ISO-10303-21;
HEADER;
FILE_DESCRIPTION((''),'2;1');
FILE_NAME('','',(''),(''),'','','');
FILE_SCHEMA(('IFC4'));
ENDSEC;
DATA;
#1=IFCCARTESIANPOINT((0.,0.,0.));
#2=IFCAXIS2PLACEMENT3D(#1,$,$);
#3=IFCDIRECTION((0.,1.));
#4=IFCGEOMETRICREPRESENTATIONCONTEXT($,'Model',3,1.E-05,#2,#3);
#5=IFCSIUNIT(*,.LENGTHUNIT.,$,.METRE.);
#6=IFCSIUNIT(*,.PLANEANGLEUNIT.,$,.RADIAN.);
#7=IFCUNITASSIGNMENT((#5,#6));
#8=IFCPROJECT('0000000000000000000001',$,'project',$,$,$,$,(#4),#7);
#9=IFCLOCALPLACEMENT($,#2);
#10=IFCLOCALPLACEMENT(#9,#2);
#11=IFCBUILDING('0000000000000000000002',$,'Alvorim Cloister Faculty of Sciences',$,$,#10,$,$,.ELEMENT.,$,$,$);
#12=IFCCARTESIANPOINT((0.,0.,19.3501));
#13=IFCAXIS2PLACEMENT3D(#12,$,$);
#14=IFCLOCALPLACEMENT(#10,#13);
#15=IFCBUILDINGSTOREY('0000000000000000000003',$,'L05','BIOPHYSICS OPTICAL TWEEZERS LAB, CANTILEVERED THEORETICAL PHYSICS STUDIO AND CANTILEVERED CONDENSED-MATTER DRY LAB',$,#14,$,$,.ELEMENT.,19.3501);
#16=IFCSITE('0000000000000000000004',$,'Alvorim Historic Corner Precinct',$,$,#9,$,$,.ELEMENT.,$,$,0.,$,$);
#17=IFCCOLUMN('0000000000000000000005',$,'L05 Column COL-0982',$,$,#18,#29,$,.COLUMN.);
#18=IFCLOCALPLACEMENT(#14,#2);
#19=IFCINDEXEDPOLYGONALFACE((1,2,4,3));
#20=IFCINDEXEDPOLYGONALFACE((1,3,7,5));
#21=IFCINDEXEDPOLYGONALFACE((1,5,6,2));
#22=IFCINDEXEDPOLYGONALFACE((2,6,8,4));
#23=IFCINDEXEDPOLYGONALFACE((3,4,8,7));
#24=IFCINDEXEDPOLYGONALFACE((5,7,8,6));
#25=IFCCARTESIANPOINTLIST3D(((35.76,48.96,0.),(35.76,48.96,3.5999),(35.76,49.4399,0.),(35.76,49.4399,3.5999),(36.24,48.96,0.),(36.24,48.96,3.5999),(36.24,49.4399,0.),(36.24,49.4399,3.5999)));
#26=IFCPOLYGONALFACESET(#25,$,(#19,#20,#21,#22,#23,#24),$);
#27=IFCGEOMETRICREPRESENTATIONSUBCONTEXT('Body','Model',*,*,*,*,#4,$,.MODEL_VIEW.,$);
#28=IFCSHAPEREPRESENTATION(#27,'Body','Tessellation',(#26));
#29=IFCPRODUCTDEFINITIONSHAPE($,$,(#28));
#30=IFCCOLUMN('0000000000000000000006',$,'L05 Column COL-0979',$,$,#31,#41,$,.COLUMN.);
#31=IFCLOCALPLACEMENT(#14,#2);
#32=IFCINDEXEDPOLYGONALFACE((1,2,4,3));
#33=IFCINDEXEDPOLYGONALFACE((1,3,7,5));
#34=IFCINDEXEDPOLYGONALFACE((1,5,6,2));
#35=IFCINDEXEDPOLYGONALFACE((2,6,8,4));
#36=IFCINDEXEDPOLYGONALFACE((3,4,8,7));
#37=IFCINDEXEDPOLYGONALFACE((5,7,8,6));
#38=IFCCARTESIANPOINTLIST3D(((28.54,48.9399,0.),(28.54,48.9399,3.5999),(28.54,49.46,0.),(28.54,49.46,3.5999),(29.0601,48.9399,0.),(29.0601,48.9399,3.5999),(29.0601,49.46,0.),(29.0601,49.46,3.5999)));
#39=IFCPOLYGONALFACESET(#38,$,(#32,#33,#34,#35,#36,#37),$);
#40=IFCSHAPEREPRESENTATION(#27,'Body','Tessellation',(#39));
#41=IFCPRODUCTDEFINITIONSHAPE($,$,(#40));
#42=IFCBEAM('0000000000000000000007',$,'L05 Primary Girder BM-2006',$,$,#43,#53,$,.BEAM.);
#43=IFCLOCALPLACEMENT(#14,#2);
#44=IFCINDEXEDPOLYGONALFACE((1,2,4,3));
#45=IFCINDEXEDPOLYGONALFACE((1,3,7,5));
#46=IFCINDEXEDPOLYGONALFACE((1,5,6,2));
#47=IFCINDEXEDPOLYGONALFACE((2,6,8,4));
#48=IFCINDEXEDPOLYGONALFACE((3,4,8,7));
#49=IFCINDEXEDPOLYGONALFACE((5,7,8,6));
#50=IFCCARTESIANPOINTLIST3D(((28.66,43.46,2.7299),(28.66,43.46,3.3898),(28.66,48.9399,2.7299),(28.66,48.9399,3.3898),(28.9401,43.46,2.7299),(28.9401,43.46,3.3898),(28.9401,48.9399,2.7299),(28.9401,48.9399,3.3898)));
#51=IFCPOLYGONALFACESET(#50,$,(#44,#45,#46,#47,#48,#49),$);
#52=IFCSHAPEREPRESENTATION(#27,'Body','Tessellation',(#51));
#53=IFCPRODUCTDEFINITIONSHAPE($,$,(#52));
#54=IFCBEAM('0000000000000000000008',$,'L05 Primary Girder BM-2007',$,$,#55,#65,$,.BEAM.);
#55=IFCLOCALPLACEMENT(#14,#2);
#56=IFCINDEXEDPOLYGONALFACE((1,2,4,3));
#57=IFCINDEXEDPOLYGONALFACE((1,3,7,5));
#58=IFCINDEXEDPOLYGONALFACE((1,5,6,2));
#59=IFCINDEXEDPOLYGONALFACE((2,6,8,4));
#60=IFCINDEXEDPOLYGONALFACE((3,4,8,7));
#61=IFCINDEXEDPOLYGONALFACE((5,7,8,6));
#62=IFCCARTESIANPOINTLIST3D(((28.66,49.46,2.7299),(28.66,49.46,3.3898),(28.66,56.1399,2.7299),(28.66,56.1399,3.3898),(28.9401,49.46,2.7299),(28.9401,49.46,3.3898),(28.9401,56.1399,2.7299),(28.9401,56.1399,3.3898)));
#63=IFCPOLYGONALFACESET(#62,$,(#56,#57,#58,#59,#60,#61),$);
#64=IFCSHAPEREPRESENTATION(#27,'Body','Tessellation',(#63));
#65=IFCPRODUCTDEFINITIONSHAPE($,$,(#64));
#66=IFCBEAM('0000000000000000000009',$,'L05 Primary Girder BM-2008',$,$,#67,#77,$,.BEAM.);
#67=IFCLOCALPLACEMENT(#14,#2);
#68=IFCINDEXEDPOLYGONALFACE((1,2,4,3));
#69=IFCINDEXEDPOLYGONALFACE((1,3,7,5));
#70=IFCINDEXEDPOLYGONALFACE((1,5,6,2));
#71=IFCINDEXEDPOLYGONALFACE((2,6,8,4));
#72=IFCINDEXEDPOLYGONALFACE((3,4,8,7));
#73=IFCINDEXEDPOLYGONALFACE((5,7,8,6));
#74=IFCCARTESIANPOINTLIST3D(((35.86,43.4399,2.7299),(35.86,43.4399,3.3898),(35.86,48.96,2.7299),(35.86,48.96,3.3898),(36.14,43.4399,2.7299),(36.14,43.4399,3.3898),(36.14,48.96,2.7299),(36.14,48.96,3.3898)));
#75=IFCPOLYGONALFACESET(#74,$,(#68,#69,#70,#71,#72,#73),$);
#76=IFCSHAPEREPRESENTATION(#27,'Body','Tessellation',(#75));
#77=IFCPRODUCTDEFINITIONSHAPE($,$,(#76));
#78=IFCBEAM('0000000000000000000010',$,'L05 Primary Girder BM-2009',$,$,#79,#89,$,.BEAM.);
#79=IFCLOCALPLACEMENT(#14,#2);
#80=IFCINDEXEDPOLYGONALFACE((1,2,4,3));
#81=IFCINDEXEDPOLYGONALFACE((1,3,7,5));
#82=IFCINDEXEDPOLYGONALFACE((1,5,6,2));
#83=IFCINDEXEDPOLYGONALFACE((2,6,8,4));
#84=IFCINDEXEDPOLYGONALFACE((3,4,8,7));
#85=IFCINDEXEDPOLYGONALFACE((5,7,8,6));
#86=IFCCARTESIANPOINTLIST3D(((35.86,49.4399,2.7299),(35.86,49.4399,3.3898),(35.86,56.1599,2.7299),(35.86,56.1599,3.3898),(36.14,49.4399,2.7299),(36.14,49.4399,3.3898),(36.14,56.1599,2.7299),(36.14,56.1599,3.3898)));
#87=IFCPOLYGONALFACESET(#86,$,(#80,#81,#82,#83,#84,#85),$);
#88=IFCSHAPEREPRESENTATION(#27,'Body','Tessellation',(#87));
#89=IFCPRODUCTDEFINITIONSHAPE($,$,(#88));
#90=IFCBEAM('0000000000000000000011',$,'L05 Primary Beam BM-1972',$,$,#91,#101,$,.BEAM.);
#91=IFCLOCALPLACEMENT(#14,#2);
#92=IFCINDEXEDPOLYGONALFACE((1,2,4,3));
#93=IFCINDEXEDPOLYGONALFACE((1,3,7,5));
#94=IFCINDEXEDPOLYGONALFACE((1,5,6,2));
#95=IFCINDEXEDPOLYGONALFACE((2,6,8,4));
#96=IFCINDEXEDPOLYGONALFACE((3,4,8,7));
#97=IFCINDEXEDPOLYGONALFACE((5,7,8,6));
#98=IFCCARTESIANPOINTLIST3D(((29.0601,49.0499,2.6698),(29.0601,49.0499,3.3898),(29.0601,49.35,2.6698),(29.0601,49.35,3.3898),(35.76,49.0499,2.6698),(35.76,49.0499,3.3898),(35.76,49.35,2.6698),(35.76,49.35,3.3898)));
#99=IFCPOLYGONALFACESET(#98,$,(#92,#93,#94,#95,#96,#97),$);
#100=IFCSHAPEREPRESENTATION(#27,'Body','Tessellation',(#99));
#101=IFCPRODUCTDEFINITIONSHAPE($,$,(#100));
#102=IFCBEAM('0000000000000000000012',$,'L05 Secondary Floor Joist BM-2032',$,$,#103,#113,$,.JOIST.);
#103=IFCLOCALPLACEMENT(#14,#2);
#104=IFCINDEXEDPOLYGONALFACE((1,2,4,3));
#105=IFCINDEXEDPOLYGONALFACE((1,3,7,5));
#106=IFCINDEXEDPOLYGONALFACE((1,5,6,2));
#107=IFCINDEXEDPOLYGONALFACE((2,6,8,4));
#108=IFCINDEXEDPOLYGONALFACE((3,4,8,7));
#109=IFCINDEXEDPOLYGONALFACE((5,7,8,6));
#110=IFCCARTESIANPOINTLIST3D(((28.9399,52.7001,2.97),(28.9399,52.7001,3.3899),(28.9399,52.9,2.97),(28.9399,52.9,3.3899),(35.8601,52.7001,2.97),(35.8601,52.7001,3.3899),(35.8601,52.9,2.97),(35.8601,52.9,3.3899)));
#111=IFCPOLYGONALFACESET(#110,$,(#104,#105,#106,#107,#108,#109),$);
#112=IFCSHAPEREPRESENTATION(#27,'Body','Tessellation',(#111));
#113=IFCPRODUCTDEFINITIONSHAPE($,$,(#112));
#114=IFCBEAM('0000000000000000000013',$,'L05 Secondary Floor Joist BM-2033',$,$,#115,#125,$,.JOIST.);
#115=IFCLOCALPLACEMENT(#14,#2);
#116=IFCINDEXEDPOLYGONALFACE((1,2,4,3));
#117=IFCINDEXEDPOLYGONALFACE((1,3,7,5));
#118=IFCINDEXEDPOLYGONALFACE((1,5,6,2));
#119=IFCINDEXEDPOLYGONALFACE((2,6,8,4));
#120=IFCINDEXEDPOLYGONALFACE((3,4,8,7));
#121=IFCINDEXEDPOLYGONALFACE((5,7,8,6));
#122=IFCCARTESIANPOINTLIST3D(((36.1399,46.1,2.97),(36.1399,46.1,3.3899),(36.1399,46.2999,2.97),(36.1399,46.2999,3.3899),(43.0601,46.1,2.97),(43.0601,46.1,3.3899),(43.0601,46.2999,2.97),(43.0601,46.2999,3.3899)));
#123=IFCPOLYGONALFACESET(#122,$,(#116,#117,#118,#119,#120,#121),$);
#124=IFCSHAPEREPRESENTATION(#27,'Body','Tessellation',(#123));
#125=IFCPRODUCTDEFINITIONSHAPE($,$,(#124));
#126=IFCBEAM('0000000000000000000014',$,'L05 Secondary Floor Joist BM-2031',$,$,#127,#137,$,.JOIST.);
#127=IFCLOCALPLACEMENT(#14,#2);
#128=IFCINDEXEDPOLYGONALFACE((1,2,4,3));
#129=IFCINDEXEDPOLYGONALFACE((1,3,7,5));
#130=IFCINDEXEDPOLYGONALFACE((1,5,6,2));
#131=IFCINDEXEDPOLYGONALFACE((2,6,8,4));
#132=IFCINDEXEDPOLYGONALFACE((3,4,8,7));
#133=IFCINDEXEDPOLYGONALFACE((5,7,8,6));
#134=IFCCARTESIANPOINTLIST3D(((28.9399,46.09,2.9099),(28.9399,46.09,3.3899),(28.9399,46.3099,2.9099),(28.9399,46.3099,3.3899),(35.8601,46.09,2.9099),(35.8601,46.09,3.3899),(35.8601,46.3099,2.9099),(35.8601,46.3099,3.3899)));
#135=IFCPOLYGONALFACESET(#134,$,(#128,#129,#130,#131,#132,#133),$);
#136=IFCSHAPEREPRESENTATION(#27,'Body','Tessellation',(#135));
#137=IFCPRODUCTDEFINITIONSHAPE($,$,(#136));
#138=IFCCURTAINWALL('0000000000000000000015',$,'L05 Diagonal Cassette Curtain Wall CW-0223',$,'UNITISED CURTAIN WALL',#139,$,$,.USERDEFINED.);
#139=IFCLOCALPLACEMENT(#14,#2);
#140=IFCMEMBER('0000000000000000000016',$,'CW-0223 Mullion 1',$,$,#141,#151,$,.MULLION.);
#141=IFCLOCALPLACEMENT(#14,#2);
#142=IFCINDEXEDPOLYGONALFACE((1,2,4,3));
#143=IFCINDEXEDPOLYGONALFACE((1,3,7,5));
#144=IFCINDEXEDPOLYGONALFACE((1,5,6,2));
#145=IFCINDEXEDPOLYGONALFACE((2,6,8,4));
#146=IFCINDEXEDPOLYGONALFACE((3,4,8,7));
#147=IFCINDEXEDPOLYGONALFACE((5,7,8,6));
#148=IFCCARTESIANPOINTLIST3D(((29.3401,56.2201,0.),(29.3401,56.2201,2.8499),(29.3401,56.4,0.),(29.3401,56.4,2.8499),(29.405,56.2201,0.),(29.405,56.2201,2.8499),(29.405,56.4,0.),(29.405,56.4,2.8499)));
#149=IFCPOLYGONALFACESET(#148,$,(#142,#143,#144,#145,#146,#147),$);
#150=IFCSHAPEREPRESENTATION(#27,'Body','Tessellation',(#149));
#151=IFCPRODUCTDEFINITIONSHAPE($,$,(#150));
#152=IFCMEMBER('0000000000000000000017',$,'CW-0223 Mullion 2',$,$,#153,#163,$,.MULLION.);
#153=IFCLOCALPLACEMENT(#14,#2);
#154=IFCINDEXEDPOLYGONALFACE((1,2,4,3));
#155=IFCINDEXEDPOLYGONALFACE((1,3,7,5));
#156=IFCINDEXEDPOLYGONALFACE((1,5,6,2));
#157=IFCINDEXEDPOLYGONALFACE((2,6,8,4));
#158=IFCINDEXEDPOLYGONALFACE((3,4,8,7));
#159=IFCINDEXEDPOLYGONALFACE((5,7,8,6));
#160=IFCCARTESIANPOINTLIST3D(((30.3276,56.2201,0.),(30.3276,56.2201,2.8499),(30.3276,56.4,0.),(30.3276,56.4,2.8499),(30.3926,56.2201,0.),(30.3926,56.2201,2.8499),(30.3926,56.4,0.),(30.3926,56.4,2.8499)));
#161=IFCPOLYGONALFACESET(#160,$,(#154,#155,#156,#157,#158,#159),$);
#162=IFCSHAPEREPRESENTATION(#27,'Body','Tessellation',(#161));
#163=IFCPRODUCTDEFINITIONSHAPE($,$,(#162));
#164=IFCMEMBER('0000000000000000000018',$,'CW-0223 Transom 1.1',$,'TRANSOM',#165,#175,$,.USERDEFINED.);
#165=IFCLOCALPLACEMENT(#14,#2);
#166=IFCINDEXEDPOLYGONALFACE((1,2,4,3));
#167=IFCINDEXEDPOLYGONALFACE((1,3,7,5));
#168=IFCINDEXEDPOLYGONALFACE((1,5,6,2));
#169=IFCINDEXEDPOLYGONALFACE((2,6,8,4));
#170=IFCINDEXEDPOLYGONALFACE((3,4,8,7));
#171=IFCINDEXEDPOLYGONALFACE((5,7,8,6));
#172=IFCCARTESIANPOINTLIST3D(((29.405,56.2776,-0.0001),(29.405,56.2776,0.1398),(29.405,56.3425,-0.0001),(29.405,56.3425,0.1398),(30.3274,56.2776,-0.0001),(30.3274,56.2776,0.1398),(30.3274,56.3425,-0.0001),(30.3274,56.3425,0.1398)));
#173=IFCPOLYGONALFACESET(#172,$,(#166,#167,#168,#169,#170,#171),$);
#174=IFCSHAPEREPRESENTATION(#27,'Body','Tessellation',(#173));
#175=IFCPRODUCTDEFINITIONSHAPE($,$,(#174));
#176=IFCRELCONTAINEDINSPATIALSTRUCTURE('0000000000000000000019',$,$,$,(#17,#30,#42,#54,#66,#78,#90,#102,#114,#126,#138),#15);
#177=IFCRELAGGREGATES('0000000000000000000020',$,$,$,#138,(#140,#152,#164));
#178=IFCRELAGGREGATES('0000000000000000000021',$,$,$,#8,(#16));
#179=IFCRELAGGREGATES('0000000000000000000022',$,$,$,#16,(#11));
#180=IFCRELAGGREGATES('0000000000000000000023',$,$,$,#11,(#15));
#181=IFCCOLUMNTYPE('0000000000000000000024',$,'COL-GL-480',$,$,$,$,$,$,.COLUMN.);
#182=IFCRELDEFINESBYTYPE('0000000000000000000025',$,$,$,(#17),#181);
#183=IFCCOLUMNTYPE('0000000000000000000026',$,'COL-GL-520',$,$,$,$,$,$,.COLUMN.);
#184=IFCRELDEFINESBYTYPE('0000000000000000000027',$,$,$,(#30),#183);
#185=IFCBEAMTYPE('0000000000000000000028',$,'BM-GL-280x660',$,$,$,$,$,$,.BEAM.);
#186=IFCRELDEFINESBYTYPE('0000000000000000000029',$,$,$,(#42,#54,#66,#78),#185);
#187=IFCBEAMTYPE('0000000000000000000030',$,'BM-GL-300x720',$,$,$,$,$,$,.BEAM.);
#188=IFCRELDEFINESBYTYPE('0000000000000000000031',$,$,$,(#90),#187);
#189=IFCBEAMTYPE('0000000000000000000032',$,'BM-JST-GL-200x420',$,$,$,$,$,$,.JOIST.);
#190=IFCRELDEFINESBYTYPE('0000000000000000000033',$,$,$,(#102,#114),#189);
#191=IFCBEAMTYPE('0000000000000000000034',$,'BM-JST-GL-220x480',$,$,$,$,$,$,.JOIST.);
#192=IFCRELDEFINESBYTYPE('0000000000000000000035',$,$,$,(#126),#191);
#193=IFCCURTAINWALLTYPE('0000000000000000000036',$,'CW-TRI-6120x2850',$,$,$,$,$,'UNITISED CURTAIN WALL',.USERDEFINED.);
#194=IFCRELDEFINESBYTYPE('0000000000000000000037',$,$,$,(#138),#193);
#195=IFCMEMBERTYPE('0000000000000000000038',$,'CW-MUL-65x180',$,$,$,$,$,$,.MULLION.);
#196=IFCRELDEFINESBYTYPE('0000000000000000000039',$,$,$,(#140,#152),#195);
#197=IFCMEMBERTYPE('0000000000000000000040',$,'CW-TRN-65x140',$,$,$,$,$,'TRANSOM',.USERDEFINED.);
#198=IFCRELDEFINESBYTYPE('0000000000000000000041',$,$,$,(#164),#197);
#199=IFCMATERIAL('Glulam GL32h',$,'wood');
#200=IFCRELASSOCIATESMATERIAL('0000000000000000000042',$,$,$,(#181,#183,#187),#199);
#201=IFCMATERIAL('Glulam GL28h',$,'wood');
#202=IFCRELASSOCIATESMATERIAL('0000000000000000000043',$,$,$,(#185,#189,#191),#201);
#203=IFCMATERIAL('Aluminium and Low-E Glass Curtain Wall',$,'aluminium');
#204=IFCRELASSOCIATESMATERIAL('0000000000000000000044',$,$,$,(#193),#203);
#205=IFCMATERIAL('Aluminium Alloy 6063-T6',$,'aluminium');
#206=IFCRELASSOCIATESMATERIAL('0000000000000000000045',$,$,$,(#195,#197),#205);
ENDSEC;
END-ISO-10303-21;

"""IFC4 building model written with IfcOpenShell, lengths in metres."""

from ifc_helpers import new_model, si_unit, direction, frame, origin, origin_2d, place, context, subcontext, project, spatial, rectangle, extrude, material, material_profile, profile_set, type_object, element, aggregate, save


model = new_model("IFC4")

# Units and contexts
model_context = context("Model", 3, precision=1e-05, world=origin(), true_north=direction((0.0, 1.0)))
body_context = subcontext(model_context, "Body", "Model", "MODEL_VIEW")
ifc_project = project(units=[si_unit("LENGTHUNIT", "METRE"), si_unit("PLANEANGLEUNIT", "RADIAN")], contexts=[model_context])

# Site, building, storey
site_placement = place(None, origin())
site = spatial("IfcSite", under=ifc_project, at=site_placement, Name="Alvorim Historic Corner Precinct", CompositionType="ELEMENT", RefElevation=0.0)
building_placement = place(site_placement, origin())
building = spatial("IfcBuilding", under=site, at=building_placement, Name="Alvorim Cloister Faculty of Sciences", CompositionType="ELEMENT")
storey_placement = place(building_placement, frame((0.0, 0.0, 19.3501)))
storey = spatial("IfcBuildingStorey", under=building, at=storey_placement, Name="L05", Description="BIOPHYSICS OPTICAL TWEEZERS LAB, CANTILEVERED THEORETICAL PHYSICS STUDIO AND CANTILEVERED CONDENSED-MATTER DRY LAB", CompositionType="ELEMENT", Elevation=19.3501)

# Columns
ifc_material_1 = material(Name="Glulam GL32h", Category="wood")
ifc_material_profile_1 = material_profile(ifc_material_1, rectangle(XDim=0.48, YDim=0.48, at=origin_2d()), Name="GL32-COL-480x480")
ifc_profile_set_1 = profile_set([ifc_material_profile_1], Name="Glulam GL32h")
column_type_1 = type_object("IfcColumnType", Name="COL-GL-480", PredefinedType="COLUMN", material=ifc_profile_set_1)
column_1_placement = place(storey_placement, frame((36.0, 49.2, 0.0), z_axis=(0.0, 0.0, 1.0), x_axis=(1.0, 0.0, 0.0)))
element("IfcColumn", 1, at=column_1_placement, inside=storey, type_object=column_type_1, Name="L05 Column COL-0982", PredefinedType="COLUMN", context=body_context, shape_type="SweptSolid", body=[
    extrude(rectangle(XDim=0.48, YDim=0.48, at=origin_2d()), origin(), (0.0, 0.0, 1.0), 3.5999),
])
ifc_material_profile_2 = material_profile(ifc_material_1, rectangle(XDim=0.52, YDim=0.52, at=origin_2d()), Name="GL32-COL-520x520")
ifc_profile_set_2 = profile_set([ifc_material_profile_2], Name="Glulam GL32h")
column_type_2 = type_object("IfcColumnType", Name="COL-GL-520", PredefinedType="COLUMN", material=ifc_profile_set_2)
column_2_placement = place(storey_placement, frame((28.8, 49.2, 0.0), z_axis=(0.0, 0.0, 1.0), x_axis=(1.0, 0.0, 0.0)))
element("IfcColumn", 2, at=column_2_placement, inside=storey, type_object=column_type_2, Name="L05 Column COL-0979", PredefinedType="COLUMN", context=body_context, shape_type="SweptSolid", body=[
    extrude(rectangle(XDim=0.52, YDim=0.52, at=origin_2d()), origin(), (0.0, 0.0, 1.0), 3.5999),
])

# Beams
ifc_material_2 = material(Name="Glulam GL28h", Category="wood")
ifc_material_profile_3 = material_profile(ifc_material_2, rectangle(XDim=0.28, YDim=0.6599, at=origin_2d()), Name="GL28-BM-280x660")
ifc_profile_set_3 = profile_set([ifc_material_profile_3], Name="Glulam GL28h")
beam_type_1 = type_object("IfcBeamType", Name="BM-GL-280x660", PredefinedType="BEAM", material=ifc_profile_set_3)
beam_1_placement = place(storey_placement, frame((28.8, 43.46, 3.0598), z_axis=(0.0, 1.0, 0.0), x_axis=(-1.0, 0.0, 0.0)))
element("IfcBeam", 3, at=beam_1_placement, inside=storey, type_object=beam_type_1, Name="L05 Primary Girder BM-2006", PredefinedType="BEAM", context=body_context, shape_type="SweptSolid", body=[
    extrude(rectangle(XDim=0.28, YDim=0.6599, at=origin_2d()), origin(), (0.0, 0.0, 1.0), 5.48),
])
beam_2_placement = place(storey_placement, frame((28.8, 49.46, 3.0598), z_axis=(0.0, 1.0, 0.0), x_axis=(-1.0, 0.0, 0.0)))
element("IfcBeam", 4, at=beam_2_placement, inside=storey, type_object=beam_type_1, Name="L05 Primary Girder BM-2007", PredefinedType="BEAM", context=body_context, shape_type="SweptSolid", body=[
    extrude(rectangle(XDim=0.28, YDim=0.6599, at=origin_2d()), origin(), (0.0, 0.0, 1.0), 6.6799),
])
beam_3_placement = place(storey_placement, frame((36.0, 43.4399, 3.0598), z_axis=(0.0, 1.0, 0.0), x_axis=(-1.0, 0.0, 0.0)))
element("IfcBeam", 5, at=beam_3_placement, inside=storey, type_object=beam_type_1, Name="L05 Primary Girder BM-2008", PredefinedType="BEAM", context=body_context, shape_type="SweptSolid", body=[
    extrude(rectangle(XDim=0.28, YDim=0.6599, at=origin_2d()), origin(), (0.0, 0.0, 1.0), 5.52),
])
beam_4_placement = place(storey_placement, frame((36.0, 49.4399, 3.0598), z_axis=(0.0, 1.0, 0.0), x_axis=(-1.0, 0.0, 0.0)))
element("IfcBeam", 6, at=beam_4_placement, inside=storey, type_object=beam_type_1, Name="L05 Primary Girder BM-2009", PredefinedType="BEAM", context=body_context, shape_type="SweptSolid", body=[
    extrude(rectangle(XDim=0.28, YDim=0.6599, at=origin_2d()), origin(), (0.0, 0.0, 1.0), 6.72),
])
ifc_material_profile_4 = material_profile(ifc_material_1, rectangle(XDim=0.3, YDim=0.72, at=origin_2d()), Name="GL32-BM-300x720")
ifc_profile_set_4 = profile_set([ifc_material_profile_4], Name="Glulam GL32h")
beam_type_2 = type_object("IfcBeamType", Name="BM-GL-300x720", PredefinedType="BEAM", material=ifc_profile_set_4)
beam_5_placement = place(storey_placement, frame((29.0601, 49.2, 3.0298), z_axis=(1.0, 0.0, 0.0), x_axis=(0.0, 1.0, 0.0)))
element("IfcBeam", 7, at=beam_5_placement, inside=storey, type_object=beam_type_2, Name="L05 Primary Beam BM-1972", PredefinedType="BEAM", context=body_context, shape_type="SweptSolid", body=[
    extrude(rectangle(XDim=0.3, YDim=0.72, at=origin_2d()), origin(), (0.0, 0.0, 1.0), 6.7),
])
ifc_material_profile_5 = material_profile(ifc_material_2, rectangle(XDim=0.2, YDim=0.4199, at=origin_2d()), Name="GL28-JST-200x420")
ifc_profile_set_5 = profile_set([ifc_material_profile_5], Name="Glulam GL28h")
beam_type_3 = type_object("IfcBeamType", Name="BM-JST-GL-200x420", PredefinedType="JOIST", material=ifc_profile_set_5)
for number, where, z_axis, x_axis, name in (
    (8, (28.9399, 52.8, 3.1799), (1.0, 0.0, 0.0), (0.0, 1.0, 0.0), "L05 Secondary Floor Joist BM-2032"),
    (9, (36.1399, 46.2, 3.1799), (1.0, 0.0, 0.0), (0.0, 1.0, 0.0), "L05 Secondary Floor Joist BM-2033"),
):
    element("IfcBeam", number, at=place(storey_placement, frame(where, z_axis=z_axis, x_axis=x_axis)), inside=storey, type_object=beam_type_3, Name=name, PredefinedType="JOIST", context=body_context, shape_type="SweptSolid", body=[
        extrude(rectangle(XDim=0.2, YDim=0.4199, at=origin_2d()), origin(), (0.0, 0.0, 1.0), 6.9202),
    ])
ifc_material_profile_6 = material_profile(ifc_material_2, rectangle(XDim=0.22, YDim=0.48, at=origin_2d()), Name="GL28-JST-220x480")
ifc_profile_set_6 = profile_set([ifc_material_profile_6], Name="Glulam GL28h")
beam_type_4 = type_object("IfcBeamType", Name="BM-JST-GL-220x480", PredefinedType="JOIST", material=ifc_profile_set_6)
beam_6_placement = place(storey_placement, frame((28.9399, 46.2, 3.1499), z_axis=(1.0, 0.0, 0.0), x_axis=(0.0, 1.0, 0.0)))
element("IfcBeam", 10, at=beam_6_placement, inside=storey, type_object=beam_type_4, Name="L05 Secondary Floor Joist BM-2031", PredefinedType="JOIST", context=body_context, shape_type="SweptSolid", body=[
    extrude(rectangle(XDim=0.22, YDim=0.48, at=origin_2d()), origin(), (0.0, 0.0, 1.0), 6.9202),
])

# Curtain wall, members
ifc_material_3 = material(Name="Aluminium and Low-E Glass Curtain Wall", Category="aluminium")
curtain_wall_type = type_object("IfcCurtainWallType", Name="CW-TRI-6120x2850", ElementType="UNITISED CURTAIN WALL", PredefinedType="USERDEFINED", material=ifc_material_3)
curtain_wall_placement = place(storey_placement, origin())
curtain_wall = element("IfcCurtainWall", 11, at=curtain_wall_placement, inside=storey, type_object=curtain_wall_type, Name="L05 Diagonal Cassette Curtain Wall CW-0223", ObjectType="UNITISED CURTAIN WALL", PredefinedType="USERDEFINED")
ifc_material_4 = material(Name="Aluminium Alloy 6063-T6", Category="aluminium")
ifc_material_profile_7 = material_profile(ifc_material_4, rectangle(XDim=0.0649, YDim=0.1799, at=origin_2d()), Name="ALU-MUL-65x180")
ifc_profile_set_7 = profile_set([ifc_material_profile_7], Name="Aluminium Alloy 6063-T6")
member_type_1 = type_object("IfcMemberType", Name="CW-MUL-65x180", PredefinedType="MULLION", material=ifc_profile_set_7)
member_1_placement = place(storey_placement, frame((29.3726, 56.3101, 0.0), z_axis=(0.0, 0.0, 1.0), x_axis=(1.0, 0.0, 0.0)))
member_1 = element("IfcMember", 12, at=member_1_placement, type_object=member_type_1, Name="CW-0223 Mullion 1", PredefinedType="MULLION", context=body_context, shape_type="SweptSolid", body=[
    extrude(rectangle(XDim=0.0649, YDim=0.1799, at=origin_2d()), origin(), (0.0, 0.0, 1.0), 2.8499),
])
member_2_placement = place(storey_placement, frame((30.3601, 56.3101, 0.0), z_axis=(0.0, 0.0, 1.0), x_axis=(1.0, 0.0, 0.0)))
member_2 = element("IfcMember", 13, at=member_2_placement, type_object=member_type_1, Name="CW-0223 Mullion 2", PredefinedType="MULLION", context=body_context, shape_type="SweptSolid", body=[
    extrude(rectangle(XDim=0.0649, YDim=0.1799, at=origin_2d()), origin(), (0.0, 0.0, 1.0), 2.8499),
])
ifc_material_profile_8 = material_profile(ifc_material_4, rectangle(XDim=0.0649, YDim=0.1399, at=origin_2d()), Name="ALU-TRN-65x140")
ifc_profile_set_8 = profile_set([ifc_material_profile_8], Name="Aluminium Alloy 6063-T6")
member_type_2 = type_object("IfcMemberType", Name="CW-TRN-65x140", ElementType="TRANSOM", PredefinedType="USERDEFINED", material=ifc_profile_set_8)
member_3_placement = place(storey_placement, frame((29.405, 56.3101, 0.0698), z_axis=(1.0, 0.0, 0.0), x_axis=(0.0, 1.0, 0.0)))
member_3 = element("IfcMember", 14, at=member_3_placement, type_object=member_type_2, Name="CW-0223 Transom 1.1", ObjectType="TRANSOM", PredefinedType="USERDEFINED", context=body_context, shape_type="SweptSolid", body=[
    extrude(rectangle(XDim=0.0649, YDim=0.1399, at=origin_2d()), origin(), (0.0, 0.0, 1.0), 0.9224),
])
aggregate(curtain_wall, [member_1, member_2, member_3])

save(model, "model.ifc")
